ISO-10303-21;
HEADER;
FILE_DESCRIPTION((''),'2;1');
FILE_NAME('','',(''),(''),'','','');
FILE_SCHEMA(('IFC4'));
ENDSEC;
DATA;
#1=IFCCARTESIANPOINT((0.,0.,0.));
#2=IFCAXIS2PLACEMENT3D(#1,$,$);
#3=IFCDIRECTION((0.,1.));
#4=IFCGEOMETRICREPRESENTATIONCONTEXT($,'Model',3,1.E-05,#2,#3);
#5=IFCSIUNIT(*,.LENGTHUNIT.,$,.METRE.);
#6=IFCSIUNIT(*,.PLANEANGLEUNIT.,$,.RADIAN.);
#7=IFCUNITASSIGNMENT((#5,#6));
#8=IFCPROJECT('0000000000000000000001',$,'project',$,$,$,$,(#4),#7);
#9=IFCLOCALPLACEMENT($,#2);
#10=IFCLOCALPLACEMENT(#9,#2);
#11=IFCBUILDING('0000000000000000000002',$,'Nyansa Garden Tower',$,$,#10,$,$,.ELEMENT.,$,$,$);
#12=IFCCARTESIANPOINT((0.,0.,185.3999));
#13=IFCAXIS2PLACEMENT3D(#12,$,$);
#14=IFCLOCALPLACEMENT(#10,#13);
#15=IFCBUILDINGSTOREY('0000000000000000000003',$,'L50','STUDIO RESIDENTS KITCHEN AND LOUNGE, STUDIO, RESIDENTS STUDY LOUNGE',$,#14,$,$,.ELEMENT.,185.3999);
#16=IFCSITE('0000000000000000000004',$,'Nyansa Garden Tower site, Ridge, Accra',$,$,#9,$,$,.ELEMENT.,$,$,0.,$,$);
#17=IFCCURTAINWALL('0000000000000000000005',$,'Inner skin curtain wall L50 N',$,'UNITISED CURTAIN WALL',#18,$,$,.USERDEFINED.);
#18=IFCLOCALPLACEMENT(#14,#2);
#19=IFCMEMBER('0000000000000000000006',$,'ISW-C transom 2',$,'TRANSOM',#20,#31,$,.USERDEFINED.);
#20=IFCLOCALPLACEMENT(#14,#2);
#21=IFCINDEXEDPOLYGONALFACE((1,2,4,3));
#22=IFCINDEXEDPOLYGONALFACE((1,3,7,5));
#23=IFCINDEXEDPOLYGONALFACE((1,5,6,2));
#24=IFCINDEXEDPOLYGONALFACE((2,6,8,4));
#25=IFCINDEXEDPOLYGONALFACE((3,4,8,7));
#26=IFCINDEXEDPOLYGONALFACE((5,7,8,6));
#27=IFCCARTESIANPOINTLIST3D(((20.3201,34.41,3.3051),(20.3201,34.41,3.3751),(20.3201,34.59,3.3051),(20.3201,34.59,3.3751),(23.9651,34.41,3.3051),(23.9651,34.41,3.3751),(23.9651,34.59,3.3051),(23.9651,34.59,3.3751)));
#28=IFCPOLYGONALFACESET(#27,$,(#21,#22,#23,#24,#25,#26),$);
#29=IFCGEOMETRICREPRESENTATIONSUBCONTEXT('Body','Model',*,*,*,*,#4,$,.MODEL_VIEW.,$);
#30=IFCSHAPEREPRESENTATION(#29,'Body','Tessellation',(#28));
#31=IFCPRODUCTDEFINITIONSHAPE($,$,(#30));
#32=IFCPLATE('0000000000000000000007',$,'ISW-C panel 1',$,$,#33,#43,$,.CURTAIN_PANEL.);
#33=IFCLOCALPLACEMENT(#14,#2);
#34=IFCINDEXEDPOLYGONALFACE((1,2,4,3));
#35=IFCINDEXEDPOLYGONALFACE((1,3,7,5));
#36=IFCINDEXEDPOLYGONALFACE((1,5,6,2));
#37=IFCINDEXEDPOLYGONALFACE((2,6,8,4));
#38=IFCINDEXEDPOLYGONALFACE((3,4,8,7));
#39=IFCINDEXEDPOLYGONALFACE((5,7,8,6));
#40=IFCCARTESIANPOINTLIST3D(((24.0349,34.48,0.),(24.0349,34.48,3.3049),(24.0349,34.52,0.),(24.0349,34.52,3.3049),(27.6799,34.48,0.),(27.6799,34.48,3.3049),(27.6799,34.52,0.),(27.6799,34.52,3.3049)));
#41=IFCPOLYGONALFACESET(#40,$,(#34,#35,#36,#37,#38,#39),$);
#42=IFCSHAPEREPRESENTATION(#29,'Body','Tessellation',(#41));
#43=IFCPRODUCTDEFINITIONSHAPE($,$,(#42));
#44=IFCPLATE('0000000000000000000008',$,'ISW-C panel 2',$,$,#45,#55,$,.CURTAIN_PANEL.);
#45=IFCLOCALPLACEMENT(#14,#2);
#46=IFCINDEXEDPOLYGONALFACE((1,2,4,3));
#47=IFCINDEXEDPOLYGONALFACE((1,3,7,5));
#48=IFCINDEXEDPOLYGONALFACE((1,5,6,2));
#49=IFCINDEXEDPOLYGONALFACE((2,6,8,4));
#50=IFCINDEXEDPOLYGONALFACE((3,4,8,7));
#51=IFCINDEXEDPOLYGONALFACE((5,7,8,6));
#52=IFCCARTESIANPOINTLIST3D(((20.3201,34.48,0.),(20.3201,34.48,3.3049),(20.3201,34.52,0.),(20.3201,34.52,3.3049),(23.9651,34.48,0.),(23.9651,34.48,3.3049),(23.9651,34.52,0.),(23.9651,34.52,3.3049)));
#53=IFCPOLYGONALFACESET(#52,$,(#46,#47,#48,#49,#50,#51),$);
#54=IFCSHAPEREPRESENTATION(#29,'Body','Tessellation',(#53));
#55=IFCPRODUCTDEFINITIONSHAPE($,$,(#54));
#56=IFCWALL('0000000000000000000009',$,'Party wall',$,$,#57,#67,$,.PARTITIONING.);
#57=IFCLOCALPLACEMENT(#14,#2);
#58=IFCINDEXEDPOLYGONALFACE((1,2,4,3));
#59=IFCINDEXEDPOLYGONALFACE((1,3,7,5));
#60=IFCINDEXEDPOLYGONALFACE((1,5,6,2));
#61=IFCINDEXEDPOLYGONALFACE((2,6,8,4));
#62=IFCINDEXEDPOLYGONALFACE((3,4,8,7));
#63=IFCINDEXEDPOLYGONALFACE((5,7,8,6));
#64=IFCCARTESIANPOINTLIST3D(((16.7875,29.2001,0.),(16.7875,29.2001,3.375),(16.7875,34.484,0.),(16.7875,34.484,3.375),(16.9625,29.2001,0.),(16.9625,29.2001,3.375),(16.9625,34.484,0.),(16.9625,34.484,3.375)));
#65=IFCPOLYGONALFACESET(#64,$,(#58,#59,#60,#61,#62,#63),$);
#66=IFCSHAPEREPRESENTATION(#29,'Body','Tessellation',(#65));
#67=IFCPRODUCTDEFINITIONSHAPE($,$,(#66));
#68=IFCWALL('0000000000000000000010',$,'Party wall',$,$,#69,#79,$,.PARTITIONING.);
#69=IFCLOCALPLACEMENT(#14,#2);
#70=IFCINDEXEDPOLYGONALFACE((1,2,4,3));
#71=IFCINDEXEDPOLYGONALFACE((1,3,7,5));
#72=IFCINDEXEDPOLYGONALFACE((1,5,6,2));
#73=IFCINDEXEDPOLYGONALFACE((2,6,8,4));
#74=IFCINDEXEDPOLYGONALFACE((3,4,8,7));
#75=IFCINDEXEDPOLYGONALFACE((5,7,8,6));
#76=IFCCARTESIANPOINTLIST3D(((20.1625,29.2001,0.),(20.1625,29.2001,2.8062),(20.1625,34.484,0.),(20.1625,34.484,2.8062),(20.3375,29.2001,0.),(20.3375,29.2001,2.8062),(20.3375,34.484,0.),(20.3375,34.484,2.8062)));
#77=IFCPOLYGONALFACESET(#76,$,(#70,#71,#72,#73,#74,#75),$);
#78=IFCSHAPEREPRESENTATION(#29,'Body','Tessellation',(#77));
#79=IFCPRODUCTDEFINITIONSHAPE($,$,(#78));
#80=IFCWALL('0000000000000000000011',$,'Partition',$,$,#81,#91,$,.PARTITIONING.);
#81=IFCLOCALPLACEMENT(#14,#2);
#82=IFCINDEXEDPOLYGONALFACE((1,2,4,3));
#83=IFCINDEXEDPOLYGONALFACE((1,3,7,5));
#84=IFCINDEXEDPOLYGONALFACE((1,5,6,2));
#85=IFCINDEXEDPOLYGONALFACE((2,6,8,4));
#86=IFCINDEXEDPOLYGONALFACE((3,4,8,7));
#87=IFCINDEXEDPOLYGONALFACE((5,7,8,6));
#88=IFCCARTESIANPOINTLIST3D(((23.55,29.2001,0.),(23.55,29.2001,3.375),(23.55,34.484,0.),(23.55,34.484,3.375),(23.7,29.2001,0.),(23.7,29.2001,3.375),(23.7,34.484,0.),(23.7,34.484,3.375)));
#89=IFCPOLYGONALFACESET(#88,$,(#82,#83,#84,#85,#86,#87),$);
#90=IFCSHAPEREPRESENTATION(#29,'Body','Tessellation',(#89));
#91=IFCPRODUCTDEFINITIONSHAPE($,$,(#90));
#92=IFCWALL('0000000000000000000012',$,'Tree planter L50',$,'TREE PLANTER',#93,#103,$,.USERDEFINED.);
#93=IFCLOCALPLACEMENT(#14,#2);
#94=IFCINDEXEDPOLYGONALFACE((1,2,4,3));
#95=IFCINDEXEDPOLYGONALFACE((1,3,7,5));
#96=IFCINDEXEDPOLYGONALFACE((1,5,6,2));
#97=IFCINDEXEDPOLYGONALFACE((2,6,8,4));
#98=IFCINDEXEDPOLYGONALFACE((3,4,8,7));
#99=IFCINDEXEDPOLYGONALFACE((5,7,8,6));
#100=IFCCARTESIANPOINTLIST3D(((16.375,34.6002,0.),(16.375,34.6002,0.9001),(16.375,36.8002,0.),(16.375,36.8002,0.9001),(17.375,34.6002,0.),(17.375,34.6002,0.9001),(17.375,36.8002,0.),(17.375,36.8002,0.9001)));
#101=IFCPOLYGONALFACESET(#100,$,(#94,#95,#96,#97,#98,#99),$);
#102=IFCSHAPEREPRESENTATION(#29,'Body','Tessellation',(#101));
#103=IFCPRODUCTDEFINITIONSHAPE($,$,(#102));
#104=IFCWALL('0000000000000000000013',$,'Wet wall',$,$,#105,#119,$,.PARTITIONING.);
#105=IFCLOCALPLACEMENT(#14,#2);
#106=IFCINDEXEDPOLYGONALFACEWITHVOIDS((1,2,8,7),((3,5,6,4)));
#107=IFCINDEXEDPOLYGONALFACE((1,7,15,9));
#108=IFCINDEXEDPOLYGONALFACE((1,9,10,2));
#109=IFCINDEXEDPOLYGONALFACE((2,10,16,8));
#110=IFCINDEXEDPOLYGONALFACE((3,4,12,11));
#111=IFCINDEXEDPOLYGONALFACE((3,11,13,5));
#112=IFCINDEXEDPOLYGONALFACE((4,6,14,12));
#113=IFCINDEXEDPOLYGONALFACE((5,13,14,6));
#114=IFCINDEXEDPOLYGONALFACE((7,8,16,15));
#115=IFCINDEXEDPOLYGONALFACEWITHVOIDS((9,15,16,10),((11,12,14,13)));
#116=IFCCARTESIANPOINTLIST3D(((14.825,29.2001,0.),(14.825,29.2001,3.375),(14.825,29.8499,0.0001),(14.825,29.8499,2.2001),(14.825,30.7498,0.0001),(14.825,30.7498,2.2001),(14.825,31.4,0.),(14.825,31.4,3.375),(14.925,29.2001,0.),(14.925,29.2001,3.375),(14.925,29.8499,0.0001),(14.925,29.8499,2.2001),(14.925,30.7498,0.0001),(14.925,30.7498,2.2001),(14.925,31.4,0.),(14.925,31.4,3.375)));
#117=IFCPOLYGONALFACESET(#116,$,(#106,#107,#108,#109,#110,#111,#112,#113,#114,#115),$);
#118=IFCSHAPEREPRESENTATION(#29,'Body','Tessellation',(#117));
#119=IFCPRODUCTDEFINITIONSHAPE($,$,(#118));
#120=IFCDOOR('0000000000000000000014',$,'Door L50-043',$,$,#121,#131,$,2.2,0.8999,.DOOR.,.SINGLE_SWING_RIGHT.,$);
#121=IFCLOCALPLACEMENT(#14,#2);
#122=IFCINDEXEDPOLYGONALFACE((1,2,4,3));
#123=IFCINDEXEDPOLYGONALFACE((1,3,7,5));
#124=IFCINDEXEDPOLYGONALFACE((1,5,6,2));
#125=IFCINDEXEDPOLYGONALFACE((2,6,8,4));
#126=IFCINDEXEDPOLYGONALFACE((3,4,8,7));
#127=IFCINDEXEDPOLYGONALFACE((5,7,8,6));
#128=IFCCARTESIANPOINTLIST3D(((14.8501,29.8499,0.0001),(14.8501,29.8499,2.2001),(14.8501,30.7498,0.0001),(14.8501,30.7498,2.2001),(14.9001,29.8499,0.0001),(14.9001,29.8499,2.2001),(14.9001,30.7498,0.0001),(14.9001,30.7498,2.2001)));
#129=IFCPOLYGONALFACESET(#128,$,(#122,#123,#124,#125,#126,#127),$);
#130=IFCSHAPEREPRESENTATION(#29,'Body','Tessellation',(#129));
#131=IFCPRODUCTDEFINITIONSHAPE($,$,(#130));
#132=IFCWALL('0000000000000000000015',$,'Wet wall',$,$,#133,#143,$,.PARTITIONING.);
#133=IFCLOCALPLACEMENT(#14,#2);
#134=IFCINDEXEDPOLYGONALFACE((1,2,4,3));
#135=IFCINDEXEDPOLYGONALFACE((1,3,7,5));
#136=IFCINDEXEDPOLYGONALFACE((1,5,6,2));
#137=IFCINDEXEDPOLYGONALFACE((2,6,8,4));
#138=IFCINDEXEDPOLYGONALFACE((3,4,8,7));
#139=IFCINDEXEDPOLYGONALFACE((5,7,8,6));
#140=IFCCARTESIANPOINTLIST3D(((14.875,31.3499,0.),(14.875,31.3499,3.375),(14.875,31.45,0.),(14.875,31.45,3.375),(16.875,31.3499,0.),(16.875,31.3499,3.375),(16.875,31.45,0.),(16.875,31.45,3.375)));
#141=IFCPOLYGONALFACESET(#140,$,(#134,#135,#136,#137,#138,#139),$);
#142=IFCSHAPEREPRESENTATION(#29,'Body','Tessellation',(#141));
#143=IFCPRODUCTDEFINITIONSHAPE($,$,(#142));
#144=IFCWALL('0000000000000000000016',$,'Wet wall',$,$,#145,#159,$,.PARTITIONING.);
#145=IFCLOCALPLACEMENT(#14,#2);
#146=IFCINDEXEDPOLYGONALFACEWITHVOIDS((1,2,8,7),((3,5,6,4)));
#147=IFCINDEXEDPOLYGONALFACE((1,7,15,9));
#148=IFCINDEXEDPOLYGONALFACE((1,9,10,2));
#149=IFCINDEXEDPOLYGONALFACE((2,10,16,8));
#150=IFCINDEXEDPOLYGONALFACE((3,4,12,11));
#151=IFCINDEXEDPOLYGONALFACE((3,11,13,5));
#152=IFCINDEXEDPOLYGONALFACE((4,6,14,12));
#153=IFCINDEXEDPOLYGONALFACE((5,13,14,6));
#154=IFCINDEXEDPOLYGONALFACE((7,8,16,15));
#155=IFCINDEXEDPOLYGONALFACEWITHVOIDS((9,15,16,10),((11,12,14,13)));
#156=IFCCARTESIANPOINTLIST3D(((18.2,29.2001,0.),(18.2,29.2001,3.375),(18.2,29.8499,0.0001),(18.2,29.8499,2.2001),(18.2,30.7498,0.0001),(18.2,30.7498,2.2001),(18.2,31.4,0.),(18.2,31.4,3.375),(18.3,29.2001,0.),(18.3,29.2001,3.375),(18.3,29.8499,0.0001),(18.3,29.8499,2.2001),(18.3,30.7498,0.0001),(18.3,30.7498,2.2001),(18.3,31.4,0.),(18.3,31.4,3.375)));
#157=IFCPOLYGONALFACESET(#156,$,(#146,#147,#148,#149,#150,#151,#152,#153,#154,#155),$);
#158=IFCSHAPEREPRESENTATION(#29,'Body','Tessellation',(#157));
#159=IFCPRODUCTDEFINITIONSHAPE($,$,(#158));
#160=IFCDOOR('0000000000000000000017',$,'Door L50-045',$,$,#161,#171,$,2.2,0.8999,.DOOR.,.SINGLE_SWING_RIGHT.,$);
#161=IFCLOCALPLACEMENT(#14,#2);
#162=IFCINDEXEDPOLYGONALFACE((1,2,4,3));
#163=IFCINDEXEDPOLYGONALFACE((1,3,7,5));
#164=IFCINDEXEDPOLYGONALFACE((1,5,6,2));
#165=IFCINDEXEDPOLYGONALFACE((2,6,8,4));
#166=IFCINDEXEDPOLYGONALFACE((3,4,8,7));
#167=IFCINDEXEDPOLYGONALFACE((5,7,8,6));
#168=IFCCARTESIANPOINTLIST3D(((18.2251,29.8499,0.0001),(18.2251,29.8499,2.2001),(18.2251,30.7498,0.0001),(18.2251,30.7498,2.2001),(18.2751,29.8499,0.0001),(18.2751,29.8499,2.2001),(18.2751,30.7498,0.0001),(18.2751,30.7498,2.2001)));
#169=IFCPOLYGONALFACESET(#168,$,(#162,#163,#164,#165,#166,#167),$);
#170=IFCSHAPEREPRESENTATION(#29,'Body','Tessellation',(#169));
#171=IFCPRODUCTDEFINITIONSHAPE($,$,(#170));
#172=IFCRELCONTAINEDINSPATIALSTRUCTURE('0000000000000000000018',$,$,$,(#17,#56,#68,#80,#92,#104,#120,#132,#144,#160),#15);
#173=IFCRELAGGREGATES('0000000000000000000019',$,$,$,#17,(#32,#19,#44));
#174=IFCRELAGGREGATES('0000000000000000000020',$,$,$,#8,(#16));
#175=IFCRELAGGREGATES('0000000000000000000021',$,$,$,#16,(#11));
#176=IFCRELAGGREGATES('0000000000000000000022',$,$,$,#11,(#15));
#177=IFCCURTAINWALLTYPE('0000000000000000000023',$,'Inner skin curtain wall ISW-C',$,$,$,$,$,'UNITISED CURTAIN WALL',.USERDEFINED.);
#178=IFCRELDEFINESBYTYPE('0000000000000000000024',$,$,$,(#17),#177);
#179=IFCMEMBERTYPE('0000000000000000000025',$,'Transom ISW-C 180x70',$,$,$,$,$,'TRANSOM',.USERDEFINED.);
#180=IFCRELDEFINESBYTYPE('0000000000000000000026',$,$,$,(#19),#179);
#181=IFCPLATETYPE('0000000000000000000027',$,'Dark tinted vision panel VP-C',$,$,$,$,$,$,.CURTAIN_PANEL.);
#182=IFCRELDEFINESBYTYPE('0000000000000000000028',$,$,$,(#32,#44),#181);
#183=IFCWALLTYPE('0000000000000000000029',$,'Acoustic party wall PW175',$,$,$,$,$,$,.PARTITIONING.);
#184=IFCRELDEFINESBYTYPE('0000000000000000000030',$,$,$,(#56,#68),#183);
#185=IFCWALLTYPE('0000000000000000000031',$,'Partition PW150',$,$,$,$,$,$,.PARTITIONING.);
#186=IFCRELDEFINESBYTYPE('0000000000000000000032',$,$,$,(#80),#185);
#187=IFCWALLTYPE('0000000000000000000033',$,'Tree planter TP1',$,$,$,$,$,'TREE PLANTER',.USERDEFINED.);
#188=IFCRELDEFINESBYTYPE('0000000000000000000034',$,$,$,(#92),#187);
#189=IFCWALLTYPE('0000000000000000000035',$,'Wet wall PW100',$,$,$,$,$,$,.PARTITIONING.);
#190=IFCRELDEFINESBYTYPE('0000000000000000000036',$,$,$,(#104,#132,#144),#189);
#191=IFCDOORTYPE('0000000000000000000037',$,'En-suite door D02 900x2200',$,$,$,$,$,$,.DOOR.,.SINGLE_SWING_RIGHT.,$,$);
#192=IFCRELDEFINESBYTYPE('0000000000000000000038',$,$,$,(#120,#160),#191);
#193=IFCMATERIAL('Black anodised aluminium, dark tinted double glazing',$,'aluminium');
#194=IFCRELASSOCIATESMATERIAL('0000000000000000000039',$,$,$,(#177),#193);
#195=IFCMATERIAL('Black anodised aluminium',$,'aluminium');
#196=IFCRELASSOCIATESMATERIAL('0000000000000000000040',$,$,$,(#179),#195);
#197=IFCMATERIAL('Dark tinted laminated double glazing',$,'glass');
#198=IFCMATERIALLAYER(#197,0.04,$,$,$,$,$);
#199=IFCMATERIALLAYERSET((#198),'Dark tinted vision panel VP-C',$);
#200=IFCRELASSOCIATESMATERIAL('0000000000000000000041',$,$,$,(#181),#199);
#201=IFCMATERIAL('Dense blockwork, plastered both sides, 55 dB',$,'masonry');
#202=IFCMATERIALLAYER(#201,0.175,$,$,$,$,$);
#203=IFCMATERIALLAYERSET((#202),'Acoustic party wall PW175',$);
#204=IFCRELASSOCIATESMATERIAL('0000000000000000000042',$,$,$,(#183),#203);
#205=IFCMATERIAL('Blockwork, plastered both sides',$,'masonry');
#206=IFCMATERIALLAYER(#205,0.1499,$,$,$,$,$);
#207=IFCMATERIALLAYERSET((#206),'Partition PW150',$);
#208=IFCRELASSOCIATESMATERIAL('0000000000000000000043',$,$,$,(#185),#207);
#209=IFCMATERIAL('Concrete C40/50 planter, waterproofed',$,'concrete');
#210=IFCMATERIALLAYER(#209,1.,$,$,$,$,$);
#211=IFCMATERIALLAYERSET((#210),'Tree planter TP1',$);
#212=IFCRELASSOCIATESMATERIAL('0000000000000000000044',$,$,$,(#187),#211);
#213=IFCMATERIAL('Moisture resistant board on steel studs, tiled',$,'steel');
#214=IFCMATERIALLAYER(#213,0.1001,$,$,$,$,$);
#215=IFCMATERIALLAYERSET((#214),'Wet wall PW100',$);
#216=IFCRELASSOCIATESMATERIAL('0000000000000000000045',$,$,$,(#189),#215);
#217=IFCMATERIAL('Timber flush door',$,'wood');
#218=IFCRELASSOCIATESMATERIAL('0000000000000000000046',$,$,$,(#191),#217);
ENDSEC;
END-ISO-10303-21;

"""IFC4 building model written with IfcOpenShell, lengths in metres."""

from ifc_helpers import new_model, si_unit, direction, frame, frame_2d, origin, origin_2d, place, context, subcontext, project, spatial, rectangle, extrude, material, layer, layer_set, material_profile, profile_set, type_object, element, fill, aggregate, save


model = new_model("IFC4")

# Units and contexts
model_context = context("Model", 3, precision=1e-05, world=origin(), true_north=direction((0.0, 1.0)))
body_context = subcontext(model_context, "Body", "Model", "MODEL_VIEW")
ifc_project = project(units=[si_unit("LENGTHUNIT", "METRE"), si_unit("PLANEANGLEUNIT", "RADIAN")], contexts=[model_context])

# Site, building, storey
site_placement = place(None, origin())
site = spatial("IfcSite", under=ifc_project, at=site_placement, Name="Nyansa Garden Tower site, Ridge, Accra", CompositionType="ELEMENT", RefElevation=0.0)
building_placement = place(site_placement, origin())
building = spatial("IfcBuilding", under=site, at=building_placement, Name="Nyansa Garden Tower", CompositionType="ELEMENT")
storey_placement = place(building_placement, frame((0.0, 0.0, 185.3999)))
storey = spatial("IfcBuildingStorey", under=building, at=storey_placement, Name="L50", Description="STUDIO RESIDENTS KITCHEN AND LOUNGE, STUDIO, RESIDENTS STUDY LOUNGE", CompositionType="ELEMENT", Elevation=185.3999)

# Curtain wall
ifc_material_1 = material(Name="Black anodised aluminium, dark tinted double glazing", Category="aluminium")
curtain_wall_type = type_object("IfcCurtainWallType", Name="Inner skin curtain wall ISW-C", ElementType="UNITISED CURTAIN WALL", PredefinedType="USERDEFINED", material=ifc_material_1)
curtain_wall_placement = place(storey_placement, origin())
curtain_wall = element("IfcCurtainWall", 1, at=curtain_wall_placement, inside=storey, type_object=curtain_wall_type, Name="Inner skin curtain wall L50 N", ObjectType="UNITISED CURTAIN WALL", PredefinedType="USERDEFINED")

# Member
ifc_material_2 = material(Name="Black anodised aluminium", Category="aluminium")
ifc_material_profile_1 = material_profile(ifc_material_2, rectangle(XDim=0.1799, YDim=0.0701, at=origin_2d()), Name="Transom 180x70")
ifc_profile_set_1 = profile_set([ifc_material_profile_1], Name="Black anodised aluminium")
member_type_1 = type_object("IfcMemberType", Name="Transom ISW-C 180x70", ElementType="TRANSOM", PredefinedType="USERDEFINED", material=ifc_profile_set_1)
member_1_placement = place(storey_placement, frame((23.9651, 34.5, 3.3401), z_axis=(-1.0, 0.0, 0.0), x_axis=(0.0, -1.0, 0.0)))
member_1 = element("IfcMember", 2, at=member_1_placement, type_object=member_type_1, Name="ISW-C transom 2", ObjectType="TRANSOM", PredefinedType="USERDEFINED", context=body_context, shape_type="SweptSolid", body=[
    extrude(rectangle(XDim=0.1799, YDim=0.0701, at=origin_2d()), origin(), (0.0, 0.0, 1.0), 3.645),
])

# Plates
ifc_material_3 = material(Name="Dark tinted laminated double glazing", Category="glass")
ifc_layer_1 = layer(ifc_material_3, 0.04)
ifc_layer_set_1 = layer_set([ifc_layer_1], Name="Dark tinted vision panel VP-C")
plate_type = type_object("IfcPlateType", Name="Dark tinted vision panel VP-C", PredefinedType="CURTAIN_PANEL", material=ifc_layer_set_1)
plate_1_placement = place(storey_placement, frame((25.8574, 34.5, 0.0), z_axis=(0.0, 0.0, 1.0), x_axis=(-1.0, 0.0, 0.0)))
plate_1 = element("IfcPlate", 3, at=plate_1_placement, type_object=plate_type, Name="ISW-C panel 1", PredefinedType="CURTAIN_PANEL", context=body_context, shape_type="SweptSolid", body=[
    extrude(rectangle(XDim=3.645, YDim=0.04, at=origin_2d()), origin(), (0.0, 0.0, 1.0), 3.3049),
])
plate_2_placement = place(storey_placement, frame((22.1426, 34.5, 0.0), z_axis=(0.0, 0.0, 1.0), x_axis=(-1.0, 0.0, 0.0)))
plate_2 = element("IfcPlate", 4, at=plate_2_placement, type_object=plate_type, Name="ISW-C panel 2", PredefinedType="CURTAIN_PANEL", context=body_context, shape_type="SweptSolid", body=[
    extrude(rectangle(XDim=3.645, YDim=0.04, at=origin_2d()), origin(), (0.0, 0.0, 1.0), 3.3049),
])
aggregate(curtain_wall, [plate_1, member_1, plate_2])

# Walls
ifc_material_4 = material(Name="Dense blockwork, plastered both sides, 55 dB", Category="masonry")
ifc_layer_2 = layer(ifc_material_4, 0.175)
ifc_layer_set_2 = layer_set([ifc_layer_2], Name="Acoustic party wall PW175")
wall_type_1 = type_object("IfcWallType", Name="Acoustic party wall PW175", PredefinedType="PARTITIONING", material=ifc_layer_set_2)
wall_1_placement = place(storey_placement, frame((16.875, 29.2, 0.0), z_axis=(0.0, 0.0, 1.0), x_axis=(0.0, 1.0, 0.0)))
element("IfcWall", 5, at=wall_1_placement, inside=storey, type_object=wall_type_1, Name="Party wall", PredefinedType="PARTITIONING", context=body_context, shape_type="SweptSolid", body=[
    extrude(rectangle(XDim=5.2839, YDim=0.175, at=frame_2d((2.6421, 0.0))), origin(), (0.0, 0.0, 1.0), 3.375),
])
wall_2_placement = place(storey_placement, frame((20.25, 29.2, 0.0), z_axis=(0.0, 0.0, 1.0), x_axis=(0.0, 1.0, 0.0)))
element("IfcWall", 6, at=wall_2_placement, inside=storey, type_object=wall_type_1, Name="Party wall", PredefinedType="PARTITIONING", context=body_context, shape_type="SweptSolid", body=[
    extrude(rectangle(XDim=5.2839, YDim=0.175, at=frame_2d((2.6421, 0.0))), origin(), (0.0, 0.0, 1.0), 2.8062),
])
ifc_material_5 = material(Name="Blockwork, plastered both sides", Category="masonry")
ifc_layer_3 = layer(ifc_material_5, 0.1499)
ifc_layer_set_3 = layer_set([ifc_layer_3], Name="Partition PW150")
wall_type_2 = type_object("IfcWallType", Name="Partition PW150", PredefinedType="PARTITIONING", material=ifc_layer_set_3)
wall_3_placement = place(storey_placement, frame((23.625, 29.2, 0.0), z_axis=(0.0, 0.0, 1.0), x_axis=(0.0, 1.0, 0.0)))
element("IfcWall", 7, at=wall_3_placement, inside=storey, type_object=wall_type_2, Name="Partition", PredefinedType="PARTITIONING", context=body_context, shape_type="SweptSolid", body=[
    extrude(rectangle(XDim=5.2839, YDim=0.1499, at=frame_2d((2.6421, 0.0))), origin(), (0.0, 0.0, 1.0), 3.375),
])
ifc_material_6 = material(Name="Concrete C40/50 planter, waterproofed", Category="concrete")
ifc_layer_4 = layer(ifc_material_6, 1.0)
ifc_layer_set_4 = layer_set([ifc_layer_4], Name="Tree planter TP1")
wall_type_3 = type_object("IfcWallType", Name="Tree planter TP1", ElementType="TREE PLANTER", PredefinedType="USERDEFINED", material=ifc_layer_set_4)
wall_4_placement = place(storey_placement, frame((16.875, 34.6001, 0.0), z_axis=(0.0, 0.0, 1.0), x_axis=(0.0, 1.0, 0.0)))
element("IfcWall", 8, at=wall_4_placement, inside=storey, type_object=wall_type_3, Name="Tree planter L50", ObjectType="TREE PLANTER", PredefinedType="USERDEFINED", context=body_context, shape_type="SweptSolid", body=[
    extrude(rectangle(XDim=2.2, YDim=1.0, at=frame_2d((1.1001, 0.0))), origin(), (0.0, 0.0, 1.0), 0.9001),
])

# Wall, opening, door
ifc_material_7 = material(Name="Moisture resistant board on steel studs, tiled", Category="steel")
ifc_layer_5 = layer(ifc_material_7, 0.1001)
ifc_layer_set_5 = layer_set([ifc_layer_5], Name="Wet wall PW100")
wall_type_4 = type_object("IfcWallType", Name="Wet wall PW100", PredefinedType="PARTITIONING", material=ifc_layer_set_5)
wall_5_placement = place(storey_placement, frame((14.875, 29.2, 0.0), z_axis=(0.0, 0.0, 1.0), x_axis=(0.0, 1.0, 0.0)))
wall_5 = element("IfcWall", 9, at=wall_5_placement, inside=storey, type_object=wall_type_4, Name="Wet wall", PredefinedType="PARTITIONING", context=body_context, shape_type="SweptSolid", body=[
    extrude(rectangle(XDim=2.2, YDim=0.1001, at=frame_2d((1.1001, 0.0))), origin(), (0.0, 0.0, 1.0), 3.375),
])
opening_1_placement = place(wall_5_placement, frame((0.6499, 0.0, 0.0)))
opening_1 = element("IfcOpeningElement", 10, at=opening_1_placement, cuts=wall_5, PredefinedType="OPENING", context=body_context, shape_type="SweptSolid", body=[
    extrude(rectangle(XDim=0.8999, YDim=2.2, at=frame_2d((0.45, 1.1001))), frame((0.0, 0.0601, 0.0), z_axis=(0.0, -1.0, 0.0), x_axis=(1.0, 0.0, 0.0)), (0.0, 0.0, 1.0), 0.1201),
])
ifc_material_8 = material(Name="Timber flush door", Category="wood")
door_type = type_object("IfcDoorType", Name="En-suite door D02 900x2200", OperationType="SINGLE_SWING_RIGHT", PredefinedType="DOOR", material=ifc_material_8)
door_1_placement = place(opening_1_placement, origin())
door_1 = element("IfcDoor", 11, at=door_1_placement, inside=storey, type_object=door_type, Name="Door L50-043", OperationType="SINGLE_SWING_RIGHT", OverallHeight=2.2, OverallWidth=0.8999, PredefinedType="DOOR", context=body_context, shape_type="SweptSolid", body=[
    extrude(rectangle(XDim=0.8999, YDim=2.2, at=frame_2d((0.45, 1.1001))), frame((0.0, 0.0249, 0.0), z_axis=(0.0, -1.0, 0.0), x_axis=(1.0, 0.0, 0.0)), (0.0, 0.0, 1.0), 0.05),
])
fill(opening_1, door_1)

# Wall
wall_6_placement = place(storey_placement, frame((14.875, 31.3999, 0.0), z_axis=(0.0, 0.0, 1.0), x_axis=(1.0, 0.0, 0.0)))
element("IfcWall", 12, at=wall_6_placement, inside=storey, type_object=wall_type_4, Name="Wet wall", PredefinedType="PARTITIONING", context=body_context, shape_type="SweptSolid", body=[
    extrude(rectangle(XDim=2.0, YDim=0.1001, at=frame_2d((1.0, 0.0))), origin(), (0.0, 0.0, 1.0), 3.375),
])

# Wall, opening, door
wall_7_placement = place(storey_placement, frame((18.25, 29.2, 0.0), z_axis=(0.0, 0.0, 1.0), x_axis=(0.0, 1.0, 0.0)))
wall_7 = element("IfcWall", 13, at=wall_7_placement, inside=storey, type_object=wall_type_4, Name="Wet wall", PredefinedType="PARTITIONING", context=body_context, shape_type="SweptSolid", body=[
    extrude(rectangle(XDim=2.2, YDim=0.1001, at=frame_2d((1.1001, 0.0))), origin(), (0.0, 0.0, 1.0), 3.375),
])
opening_2_placement = place(wall_7_placement, frame((0.6499, 0.0, 0.0)))
opening_2 = element("IfcOpeningElement", 14, at=opening_2_placement, cuts=wall_7, PredefinedType="OPENING", context=body_context, shape_type="SweptSolid", body=[
    extrude(rectangle(XDim=0.8999, YDim=2.2, at=frame_2d((0.45, 1.1001))), frame((0.0, 0.0601, 0.0), z_axis=(0.0, -1.0, 0.0), x_axis=(1.0, 0.0, 0.0)), (0.0, 0.0, 1.0), 0.1201),
])
door_2_placement = place(opening_2_placement, origin())
door_2 = element("IfcDoor", 15, at=door_2_placement, inside=storey, type_object=door_type, Name="Door L50-045", OperationType="SINGLE_SWING_RIGHT", OverallHeight=2.2, OverallWidth=0.8999, PredefinedType="DOOR", context=body_context, shape_type="SweptSolid", body=[
    extrude(rectangle(XDim=0.8999, YDim=2.2, at=frame_2d((0.45, 1.1001))), frame((0.0, 0.0249, 0.0), z_axis=(0.0, -1.0, 0.0), x_axis=(1.0, 0.0, 0.0)), (0.0, 0.0, 1.0), 0.05),
])
fill(opening_2, door_2)

save(model, "model.ifc")
